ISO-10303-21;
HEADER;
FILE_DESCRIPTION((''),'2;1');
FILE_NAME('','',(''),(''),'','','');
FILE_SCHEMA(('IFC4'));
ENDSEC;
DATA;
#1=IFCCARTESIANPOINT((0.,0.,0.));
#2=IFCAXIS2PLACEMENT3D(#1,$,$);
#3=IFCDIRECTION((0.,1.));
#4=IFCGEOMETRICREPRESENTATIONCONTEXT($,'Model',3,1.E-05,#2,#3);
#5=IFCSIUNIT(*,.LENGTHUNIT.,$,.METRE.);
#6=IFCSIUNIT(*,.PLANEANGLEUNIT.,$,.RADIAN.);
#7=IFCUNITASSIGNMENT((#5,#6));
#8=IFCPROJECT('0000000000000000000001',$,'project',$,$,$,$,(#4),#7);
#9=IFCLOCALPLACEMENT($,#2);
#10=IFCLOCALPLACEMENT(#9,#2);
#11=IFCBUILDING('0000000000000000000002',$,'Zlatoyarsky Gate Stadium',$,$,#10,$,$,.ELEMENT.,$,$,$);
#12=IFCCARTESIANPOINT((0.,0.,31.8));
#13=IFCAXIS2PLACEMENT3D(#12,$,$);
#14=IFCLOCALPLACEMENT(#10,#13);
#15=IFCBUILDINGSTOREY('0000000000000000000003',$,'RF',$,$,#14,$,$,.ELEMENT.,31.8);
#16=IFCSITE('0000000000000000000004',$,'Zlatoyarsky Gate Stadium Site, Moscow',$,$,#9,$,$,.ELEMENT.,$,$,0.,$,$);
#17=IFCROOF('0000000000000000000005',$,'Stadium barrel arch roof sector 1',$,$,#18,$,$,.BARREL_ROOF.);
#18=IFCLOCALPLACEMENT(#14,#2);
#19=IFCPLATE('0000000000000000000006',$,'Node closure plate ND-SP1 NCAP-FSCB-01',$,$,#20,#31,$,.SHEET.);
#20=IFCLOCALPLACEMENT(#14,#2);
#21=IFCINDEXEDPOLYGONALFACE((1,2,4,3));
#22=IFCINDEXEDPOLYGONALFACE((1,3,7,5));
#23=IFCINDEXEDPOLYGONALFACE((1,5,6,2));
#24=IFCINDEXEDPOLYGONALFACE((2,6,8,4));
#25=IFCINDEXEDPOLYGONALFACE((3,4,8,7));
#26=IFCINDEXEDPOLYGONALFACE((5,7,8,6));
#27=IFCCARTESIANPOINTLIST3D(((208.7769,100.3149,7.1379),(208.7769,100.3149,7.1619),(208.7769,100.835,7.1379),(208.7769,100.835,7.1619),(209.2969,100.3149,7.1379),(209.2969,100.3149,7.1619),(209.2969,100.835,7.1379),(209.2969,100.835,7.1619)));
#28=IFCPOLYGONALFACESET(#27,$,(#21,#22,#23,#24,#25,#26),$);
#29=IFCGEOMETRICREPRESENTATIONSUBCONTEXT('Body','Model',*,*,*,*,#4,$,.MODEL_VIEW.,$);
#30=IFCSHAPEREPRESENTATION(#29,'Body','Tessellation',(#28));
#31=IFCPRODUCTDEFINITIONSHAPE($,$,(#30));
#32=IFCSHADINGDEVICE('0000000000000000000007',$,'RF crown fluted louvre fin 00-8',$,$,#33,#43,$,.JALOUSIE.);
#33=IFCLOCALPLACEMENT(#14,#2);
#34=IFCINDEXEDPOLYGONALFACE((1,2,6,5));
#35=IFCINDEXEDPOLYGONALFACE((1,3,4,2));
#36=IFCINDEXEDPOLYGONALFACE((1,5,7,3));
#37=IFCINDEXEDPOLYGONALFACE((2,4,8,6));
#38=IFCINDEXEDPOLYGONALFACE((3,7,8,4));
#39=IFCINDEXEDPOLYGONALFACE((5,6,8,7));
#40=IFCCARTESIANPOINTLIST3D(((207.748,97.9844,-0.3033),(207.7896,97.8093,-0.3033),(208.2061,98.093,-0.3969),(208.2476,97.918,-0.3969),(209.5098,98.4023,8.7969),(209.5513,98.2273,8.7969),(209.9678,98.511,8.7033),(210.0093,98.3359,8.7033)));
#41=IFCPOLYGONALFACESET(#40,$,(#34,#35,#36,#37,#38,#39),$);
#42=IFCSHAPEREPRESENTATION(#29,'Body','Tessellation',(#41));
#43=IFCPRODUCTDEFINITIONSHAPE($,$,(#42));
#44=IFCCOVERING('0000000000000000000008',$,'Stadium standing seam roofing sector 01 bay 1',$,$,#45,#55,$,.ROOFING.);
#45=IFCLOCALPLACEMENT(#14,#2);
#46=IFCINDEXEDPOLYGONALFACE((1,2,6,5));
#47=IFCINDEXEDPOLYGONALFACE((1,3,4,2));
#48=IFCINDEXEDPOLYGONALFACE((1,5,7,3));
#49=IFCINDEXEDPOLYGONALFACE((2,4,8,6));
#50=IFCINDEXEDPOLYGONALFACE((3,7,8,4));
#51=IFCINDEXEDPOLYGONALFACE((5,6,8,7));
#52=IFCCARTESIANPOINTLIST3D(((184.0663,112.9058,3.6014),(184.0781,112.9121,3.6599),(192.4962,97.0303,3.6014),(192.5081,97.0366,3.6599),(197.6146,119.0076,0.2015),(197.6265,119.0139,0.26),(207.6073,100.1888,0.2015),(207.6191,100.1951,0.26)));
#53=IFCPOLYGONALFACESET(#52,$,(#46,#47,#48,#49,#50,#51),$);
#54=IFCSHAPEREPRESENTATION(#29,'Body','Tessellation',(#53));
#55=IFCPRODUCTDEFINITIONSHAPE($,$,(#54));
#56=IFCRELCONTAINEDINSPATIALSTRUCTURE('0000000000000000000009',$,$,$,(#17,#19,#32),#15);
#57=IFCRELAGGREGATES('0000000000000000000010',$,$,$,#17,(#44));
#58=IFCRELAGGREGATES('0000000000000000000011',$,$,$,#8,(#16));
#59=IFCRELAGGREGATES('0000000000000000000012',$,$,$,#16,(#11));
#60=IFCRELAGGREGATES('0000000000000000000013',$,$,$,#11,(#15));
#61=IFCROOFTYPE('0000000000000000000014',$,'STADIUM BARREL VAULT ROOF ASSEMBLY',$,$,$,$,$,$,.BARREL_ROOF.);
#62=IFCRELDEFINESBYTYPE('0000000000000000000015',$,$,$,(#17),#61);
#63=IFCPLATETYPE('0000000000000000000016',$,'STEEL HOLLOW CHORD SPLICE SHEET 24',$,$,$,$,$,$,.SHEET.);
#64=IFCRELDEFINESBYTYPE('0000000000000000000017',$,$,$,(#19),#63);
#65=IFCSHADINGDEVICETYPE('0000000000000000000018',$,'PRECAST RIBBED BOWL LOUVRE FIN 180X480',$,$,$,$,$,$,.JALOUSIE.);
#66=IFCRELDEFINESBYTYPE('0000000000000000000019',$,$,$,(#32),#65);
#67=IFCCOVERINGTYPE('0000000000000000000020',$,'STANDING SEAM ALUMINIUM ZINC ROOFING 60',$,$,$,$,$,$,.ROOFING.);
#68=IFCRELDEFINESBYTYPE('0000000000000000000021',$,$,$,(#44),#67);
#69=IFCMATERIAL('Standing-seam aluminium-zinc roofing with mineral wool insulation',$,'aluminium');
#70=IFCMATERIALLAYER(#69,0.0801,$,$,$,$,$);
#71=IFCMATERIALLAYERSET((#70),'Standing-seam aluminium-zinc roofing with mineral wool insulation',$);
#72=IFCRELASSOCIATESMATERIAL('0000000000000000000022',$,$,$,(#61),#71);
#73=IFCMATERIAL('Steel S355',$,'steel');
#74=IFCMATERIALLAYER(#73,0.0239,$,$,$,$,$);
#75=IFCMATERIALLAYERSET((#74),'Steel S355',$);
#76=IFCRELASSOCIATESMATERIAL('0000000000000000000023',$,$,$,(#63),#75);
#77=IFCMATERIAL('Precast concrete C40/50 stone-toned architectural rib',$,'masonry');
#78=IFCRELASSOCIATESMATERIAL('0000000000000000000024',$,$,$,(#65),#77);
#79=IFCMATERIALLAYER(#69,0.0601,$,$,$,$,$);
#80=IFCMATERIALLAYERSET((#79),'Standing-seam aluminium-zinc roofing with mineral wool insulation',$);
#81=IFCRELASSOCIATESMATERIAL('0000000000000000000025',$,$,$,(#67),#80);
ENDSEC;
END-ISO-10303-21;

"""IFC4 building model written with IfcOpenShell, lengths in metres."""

from ifc_helpers import new_model, si_unit, direction, frame, origin, origin_2d, place, context, subcontext, project, spatial, polyline, rectangle, outline, extrude, material, layer, layer_set, material_profile, profile_set, type_object, element, aggregate, save


model = new_model("IFC4")

# Units and contexts
model_context = context("Model", 3, precision=1e-05, world=origin(), true_north=direction((0.0, 1.0)))
body_context = subcontext(model_context, "Body", "Model", "MODEL_VIEW")
ifc_project = project(units=[si_unit("LENGTHUNIT", "METRE"), si_unit("PLANEANGLEUNIT", "RADIAN")], contexts=[model_context])

# Site, building, storey
site_placement = place(None, origin())
site = spatial("IfcSite", under=ifc_project, at=site_placement, Name="Zlatoyarsky Gate Stadium Site, Moscow", CompositionType="ELEMENT", RefElevation=0.0)
building_placement = place(site_placement, origin())
building = spatial("IfcBuilding", under=site, at=building_placement, Name="Zlatoyarsky Gate Stadium", CompositionType="ELEMENT")
storey_placement = place(building_placement, frame((0.0, 0.0, 31.8)))
storey = spatial("IfcBuildingStorey", under=building, at=storey_placement, Name="RF", CompositionType="ELEMENT", Elevation=31.8)

# Shared definitions
ifc_material_1 = material(Name="Steel S355", Category="steel")

# Roof
ifc_material_2 = material(Name="Standing-seam aluminium-zinc roofing with mineral wool insulation", Category="aluminium")
ifc_layer_1 = layer(ifc_material_2, 0.0801)
ifc_layer_set_1 = layer_set([ifc_layer_1], Name="Standing-seam aluminium-zinc roofing with mineral wool insulation")
roof_type = type_object("IfcRoofType", Name="STADIUM BARREL VAULT ROOF ASSEMBLY", PredefinedType="BARREL_ROOF", material=ifc_layer_set_1)
roof_placement = place(storey_placement, origin())
roof = element("IfcRoof", 1, at=roof_placement, inside=storey, type_object=roof_type, Name="Stadium barrel arch roof sector 1", PredefinedType="BARREL_ROOF")

# Plate
ifc_layer_2 = layer(ifc_material_1, 0.0239)
ifc_layer_set_2 = layer_set([ifc_layer_2], Name="Steel S355")
plate_type_1 = type_object("IfcPlateType", Name="STEEL HOLLOW CHORD SPLICE SHEET 24", PredefinedType="SHEET", material=ifc_layer_set_2)
plate_1_placement = place(storey_placement, frame((209.0369, 100.575, 7.1379), z_axis=(0.0, 0.0, 1.0), x_axis=(1.0, 0.0, 0.0)))
element("IfcPlate", 2, at=plate_1_placement, inside=storey, type_object=plate_type_1, Name="Node closure plate ND-SP1 NCAP-FSCB-01", PredefinedType="SHEET", context=body_context, shape_type="SweptSolid", body=[
    extrude(rectangle(XDim=0.52, YDim=0.52, at=origin_2d()), origin(), (0.0, 0.0, 1.0), 0.0239),
])

# Shading device
ifc_material_3 = material(Name="Precast concrete C40/50 stone-toned architectural rib", Category="masonry")
ifc_material_profile_1 = material_profile(ifc_material_3, rectangle(XDim=0.1799, YDim=0.48, at=origin_2d()), Name="RIB 180X480")
ifc_profile_set_1 = profile_set([ifc_material_profile_1], Name="Precast concrete C40/50 stone-toned architectural rib")
shading_device_type = type_object("IfcShadingDeviceType", Name="PRECAST RIBBED BOWL LOUVRE FIN 180X480", PredefinedType="JALOUSIE", material=ifc_profile_set_1)
shading_device_placement = place(storey_placement, frame((207.9978, 97.9512, -0.3501), z_axis=(0.189872, 0.045047, 0.980775), x_axis=(-0.230843, 0.972991, 0.0)))
element("IfcShadingDevice", 3, at=shading_device_placement, inside=storey, type_object=shading_device_type, Name="RF crown fluted louvre fin 00-8", PredefinedType="JALOUSIE", context=body_context, shape_type="SweptSolid", body=[
    extrude(rectangle(XDim=0.1799, YDim=0.48, at=origin_2d()), origin(), (0.0, 0.0, 1.0), 9.2786),
])

# Covering
ifc_layer_3 = layer(ifc_material_2, 0.0601)
ifc_layer_set_3 = layer_set([ifc_layer_3], Name="Standing-seam aluminium-zinc roofing with mineral wool insulation")
covering_type = type_object("IfcCoveringType", Name="STANDING SEAM ALUMINIUM ZINC ROOFING 60", PredefinedType="ROOFING", material=ifc_layer_set_3)
covering_placement = place(storey_placement, frame((207.6191, 100.1951, 0.26), z_axis=(0.197394, 0.104815, 0.974705), x_axis=(-0.468978, 0.88321, -0.000001)))
covering = element("IfcCovering", 4, at=covering_placement, type_object=covering_type, Name="Stadium standing seam roofing sector 01 bay 1", PredefinedType="ROOFING", context=body_context, shape_type="SweptSolid", body=[
    extrude(outline(polyline([(0.0, 0.0), (21.3073, 0.0), (22.272, 15.2124), (4.2972, 15.2123), (0.0, 0.0)])), origin(), (0.0, 0.0, -1.0), 0.0601),
])
aggregate(roof, [covering])

save(model, "model.ifc")
